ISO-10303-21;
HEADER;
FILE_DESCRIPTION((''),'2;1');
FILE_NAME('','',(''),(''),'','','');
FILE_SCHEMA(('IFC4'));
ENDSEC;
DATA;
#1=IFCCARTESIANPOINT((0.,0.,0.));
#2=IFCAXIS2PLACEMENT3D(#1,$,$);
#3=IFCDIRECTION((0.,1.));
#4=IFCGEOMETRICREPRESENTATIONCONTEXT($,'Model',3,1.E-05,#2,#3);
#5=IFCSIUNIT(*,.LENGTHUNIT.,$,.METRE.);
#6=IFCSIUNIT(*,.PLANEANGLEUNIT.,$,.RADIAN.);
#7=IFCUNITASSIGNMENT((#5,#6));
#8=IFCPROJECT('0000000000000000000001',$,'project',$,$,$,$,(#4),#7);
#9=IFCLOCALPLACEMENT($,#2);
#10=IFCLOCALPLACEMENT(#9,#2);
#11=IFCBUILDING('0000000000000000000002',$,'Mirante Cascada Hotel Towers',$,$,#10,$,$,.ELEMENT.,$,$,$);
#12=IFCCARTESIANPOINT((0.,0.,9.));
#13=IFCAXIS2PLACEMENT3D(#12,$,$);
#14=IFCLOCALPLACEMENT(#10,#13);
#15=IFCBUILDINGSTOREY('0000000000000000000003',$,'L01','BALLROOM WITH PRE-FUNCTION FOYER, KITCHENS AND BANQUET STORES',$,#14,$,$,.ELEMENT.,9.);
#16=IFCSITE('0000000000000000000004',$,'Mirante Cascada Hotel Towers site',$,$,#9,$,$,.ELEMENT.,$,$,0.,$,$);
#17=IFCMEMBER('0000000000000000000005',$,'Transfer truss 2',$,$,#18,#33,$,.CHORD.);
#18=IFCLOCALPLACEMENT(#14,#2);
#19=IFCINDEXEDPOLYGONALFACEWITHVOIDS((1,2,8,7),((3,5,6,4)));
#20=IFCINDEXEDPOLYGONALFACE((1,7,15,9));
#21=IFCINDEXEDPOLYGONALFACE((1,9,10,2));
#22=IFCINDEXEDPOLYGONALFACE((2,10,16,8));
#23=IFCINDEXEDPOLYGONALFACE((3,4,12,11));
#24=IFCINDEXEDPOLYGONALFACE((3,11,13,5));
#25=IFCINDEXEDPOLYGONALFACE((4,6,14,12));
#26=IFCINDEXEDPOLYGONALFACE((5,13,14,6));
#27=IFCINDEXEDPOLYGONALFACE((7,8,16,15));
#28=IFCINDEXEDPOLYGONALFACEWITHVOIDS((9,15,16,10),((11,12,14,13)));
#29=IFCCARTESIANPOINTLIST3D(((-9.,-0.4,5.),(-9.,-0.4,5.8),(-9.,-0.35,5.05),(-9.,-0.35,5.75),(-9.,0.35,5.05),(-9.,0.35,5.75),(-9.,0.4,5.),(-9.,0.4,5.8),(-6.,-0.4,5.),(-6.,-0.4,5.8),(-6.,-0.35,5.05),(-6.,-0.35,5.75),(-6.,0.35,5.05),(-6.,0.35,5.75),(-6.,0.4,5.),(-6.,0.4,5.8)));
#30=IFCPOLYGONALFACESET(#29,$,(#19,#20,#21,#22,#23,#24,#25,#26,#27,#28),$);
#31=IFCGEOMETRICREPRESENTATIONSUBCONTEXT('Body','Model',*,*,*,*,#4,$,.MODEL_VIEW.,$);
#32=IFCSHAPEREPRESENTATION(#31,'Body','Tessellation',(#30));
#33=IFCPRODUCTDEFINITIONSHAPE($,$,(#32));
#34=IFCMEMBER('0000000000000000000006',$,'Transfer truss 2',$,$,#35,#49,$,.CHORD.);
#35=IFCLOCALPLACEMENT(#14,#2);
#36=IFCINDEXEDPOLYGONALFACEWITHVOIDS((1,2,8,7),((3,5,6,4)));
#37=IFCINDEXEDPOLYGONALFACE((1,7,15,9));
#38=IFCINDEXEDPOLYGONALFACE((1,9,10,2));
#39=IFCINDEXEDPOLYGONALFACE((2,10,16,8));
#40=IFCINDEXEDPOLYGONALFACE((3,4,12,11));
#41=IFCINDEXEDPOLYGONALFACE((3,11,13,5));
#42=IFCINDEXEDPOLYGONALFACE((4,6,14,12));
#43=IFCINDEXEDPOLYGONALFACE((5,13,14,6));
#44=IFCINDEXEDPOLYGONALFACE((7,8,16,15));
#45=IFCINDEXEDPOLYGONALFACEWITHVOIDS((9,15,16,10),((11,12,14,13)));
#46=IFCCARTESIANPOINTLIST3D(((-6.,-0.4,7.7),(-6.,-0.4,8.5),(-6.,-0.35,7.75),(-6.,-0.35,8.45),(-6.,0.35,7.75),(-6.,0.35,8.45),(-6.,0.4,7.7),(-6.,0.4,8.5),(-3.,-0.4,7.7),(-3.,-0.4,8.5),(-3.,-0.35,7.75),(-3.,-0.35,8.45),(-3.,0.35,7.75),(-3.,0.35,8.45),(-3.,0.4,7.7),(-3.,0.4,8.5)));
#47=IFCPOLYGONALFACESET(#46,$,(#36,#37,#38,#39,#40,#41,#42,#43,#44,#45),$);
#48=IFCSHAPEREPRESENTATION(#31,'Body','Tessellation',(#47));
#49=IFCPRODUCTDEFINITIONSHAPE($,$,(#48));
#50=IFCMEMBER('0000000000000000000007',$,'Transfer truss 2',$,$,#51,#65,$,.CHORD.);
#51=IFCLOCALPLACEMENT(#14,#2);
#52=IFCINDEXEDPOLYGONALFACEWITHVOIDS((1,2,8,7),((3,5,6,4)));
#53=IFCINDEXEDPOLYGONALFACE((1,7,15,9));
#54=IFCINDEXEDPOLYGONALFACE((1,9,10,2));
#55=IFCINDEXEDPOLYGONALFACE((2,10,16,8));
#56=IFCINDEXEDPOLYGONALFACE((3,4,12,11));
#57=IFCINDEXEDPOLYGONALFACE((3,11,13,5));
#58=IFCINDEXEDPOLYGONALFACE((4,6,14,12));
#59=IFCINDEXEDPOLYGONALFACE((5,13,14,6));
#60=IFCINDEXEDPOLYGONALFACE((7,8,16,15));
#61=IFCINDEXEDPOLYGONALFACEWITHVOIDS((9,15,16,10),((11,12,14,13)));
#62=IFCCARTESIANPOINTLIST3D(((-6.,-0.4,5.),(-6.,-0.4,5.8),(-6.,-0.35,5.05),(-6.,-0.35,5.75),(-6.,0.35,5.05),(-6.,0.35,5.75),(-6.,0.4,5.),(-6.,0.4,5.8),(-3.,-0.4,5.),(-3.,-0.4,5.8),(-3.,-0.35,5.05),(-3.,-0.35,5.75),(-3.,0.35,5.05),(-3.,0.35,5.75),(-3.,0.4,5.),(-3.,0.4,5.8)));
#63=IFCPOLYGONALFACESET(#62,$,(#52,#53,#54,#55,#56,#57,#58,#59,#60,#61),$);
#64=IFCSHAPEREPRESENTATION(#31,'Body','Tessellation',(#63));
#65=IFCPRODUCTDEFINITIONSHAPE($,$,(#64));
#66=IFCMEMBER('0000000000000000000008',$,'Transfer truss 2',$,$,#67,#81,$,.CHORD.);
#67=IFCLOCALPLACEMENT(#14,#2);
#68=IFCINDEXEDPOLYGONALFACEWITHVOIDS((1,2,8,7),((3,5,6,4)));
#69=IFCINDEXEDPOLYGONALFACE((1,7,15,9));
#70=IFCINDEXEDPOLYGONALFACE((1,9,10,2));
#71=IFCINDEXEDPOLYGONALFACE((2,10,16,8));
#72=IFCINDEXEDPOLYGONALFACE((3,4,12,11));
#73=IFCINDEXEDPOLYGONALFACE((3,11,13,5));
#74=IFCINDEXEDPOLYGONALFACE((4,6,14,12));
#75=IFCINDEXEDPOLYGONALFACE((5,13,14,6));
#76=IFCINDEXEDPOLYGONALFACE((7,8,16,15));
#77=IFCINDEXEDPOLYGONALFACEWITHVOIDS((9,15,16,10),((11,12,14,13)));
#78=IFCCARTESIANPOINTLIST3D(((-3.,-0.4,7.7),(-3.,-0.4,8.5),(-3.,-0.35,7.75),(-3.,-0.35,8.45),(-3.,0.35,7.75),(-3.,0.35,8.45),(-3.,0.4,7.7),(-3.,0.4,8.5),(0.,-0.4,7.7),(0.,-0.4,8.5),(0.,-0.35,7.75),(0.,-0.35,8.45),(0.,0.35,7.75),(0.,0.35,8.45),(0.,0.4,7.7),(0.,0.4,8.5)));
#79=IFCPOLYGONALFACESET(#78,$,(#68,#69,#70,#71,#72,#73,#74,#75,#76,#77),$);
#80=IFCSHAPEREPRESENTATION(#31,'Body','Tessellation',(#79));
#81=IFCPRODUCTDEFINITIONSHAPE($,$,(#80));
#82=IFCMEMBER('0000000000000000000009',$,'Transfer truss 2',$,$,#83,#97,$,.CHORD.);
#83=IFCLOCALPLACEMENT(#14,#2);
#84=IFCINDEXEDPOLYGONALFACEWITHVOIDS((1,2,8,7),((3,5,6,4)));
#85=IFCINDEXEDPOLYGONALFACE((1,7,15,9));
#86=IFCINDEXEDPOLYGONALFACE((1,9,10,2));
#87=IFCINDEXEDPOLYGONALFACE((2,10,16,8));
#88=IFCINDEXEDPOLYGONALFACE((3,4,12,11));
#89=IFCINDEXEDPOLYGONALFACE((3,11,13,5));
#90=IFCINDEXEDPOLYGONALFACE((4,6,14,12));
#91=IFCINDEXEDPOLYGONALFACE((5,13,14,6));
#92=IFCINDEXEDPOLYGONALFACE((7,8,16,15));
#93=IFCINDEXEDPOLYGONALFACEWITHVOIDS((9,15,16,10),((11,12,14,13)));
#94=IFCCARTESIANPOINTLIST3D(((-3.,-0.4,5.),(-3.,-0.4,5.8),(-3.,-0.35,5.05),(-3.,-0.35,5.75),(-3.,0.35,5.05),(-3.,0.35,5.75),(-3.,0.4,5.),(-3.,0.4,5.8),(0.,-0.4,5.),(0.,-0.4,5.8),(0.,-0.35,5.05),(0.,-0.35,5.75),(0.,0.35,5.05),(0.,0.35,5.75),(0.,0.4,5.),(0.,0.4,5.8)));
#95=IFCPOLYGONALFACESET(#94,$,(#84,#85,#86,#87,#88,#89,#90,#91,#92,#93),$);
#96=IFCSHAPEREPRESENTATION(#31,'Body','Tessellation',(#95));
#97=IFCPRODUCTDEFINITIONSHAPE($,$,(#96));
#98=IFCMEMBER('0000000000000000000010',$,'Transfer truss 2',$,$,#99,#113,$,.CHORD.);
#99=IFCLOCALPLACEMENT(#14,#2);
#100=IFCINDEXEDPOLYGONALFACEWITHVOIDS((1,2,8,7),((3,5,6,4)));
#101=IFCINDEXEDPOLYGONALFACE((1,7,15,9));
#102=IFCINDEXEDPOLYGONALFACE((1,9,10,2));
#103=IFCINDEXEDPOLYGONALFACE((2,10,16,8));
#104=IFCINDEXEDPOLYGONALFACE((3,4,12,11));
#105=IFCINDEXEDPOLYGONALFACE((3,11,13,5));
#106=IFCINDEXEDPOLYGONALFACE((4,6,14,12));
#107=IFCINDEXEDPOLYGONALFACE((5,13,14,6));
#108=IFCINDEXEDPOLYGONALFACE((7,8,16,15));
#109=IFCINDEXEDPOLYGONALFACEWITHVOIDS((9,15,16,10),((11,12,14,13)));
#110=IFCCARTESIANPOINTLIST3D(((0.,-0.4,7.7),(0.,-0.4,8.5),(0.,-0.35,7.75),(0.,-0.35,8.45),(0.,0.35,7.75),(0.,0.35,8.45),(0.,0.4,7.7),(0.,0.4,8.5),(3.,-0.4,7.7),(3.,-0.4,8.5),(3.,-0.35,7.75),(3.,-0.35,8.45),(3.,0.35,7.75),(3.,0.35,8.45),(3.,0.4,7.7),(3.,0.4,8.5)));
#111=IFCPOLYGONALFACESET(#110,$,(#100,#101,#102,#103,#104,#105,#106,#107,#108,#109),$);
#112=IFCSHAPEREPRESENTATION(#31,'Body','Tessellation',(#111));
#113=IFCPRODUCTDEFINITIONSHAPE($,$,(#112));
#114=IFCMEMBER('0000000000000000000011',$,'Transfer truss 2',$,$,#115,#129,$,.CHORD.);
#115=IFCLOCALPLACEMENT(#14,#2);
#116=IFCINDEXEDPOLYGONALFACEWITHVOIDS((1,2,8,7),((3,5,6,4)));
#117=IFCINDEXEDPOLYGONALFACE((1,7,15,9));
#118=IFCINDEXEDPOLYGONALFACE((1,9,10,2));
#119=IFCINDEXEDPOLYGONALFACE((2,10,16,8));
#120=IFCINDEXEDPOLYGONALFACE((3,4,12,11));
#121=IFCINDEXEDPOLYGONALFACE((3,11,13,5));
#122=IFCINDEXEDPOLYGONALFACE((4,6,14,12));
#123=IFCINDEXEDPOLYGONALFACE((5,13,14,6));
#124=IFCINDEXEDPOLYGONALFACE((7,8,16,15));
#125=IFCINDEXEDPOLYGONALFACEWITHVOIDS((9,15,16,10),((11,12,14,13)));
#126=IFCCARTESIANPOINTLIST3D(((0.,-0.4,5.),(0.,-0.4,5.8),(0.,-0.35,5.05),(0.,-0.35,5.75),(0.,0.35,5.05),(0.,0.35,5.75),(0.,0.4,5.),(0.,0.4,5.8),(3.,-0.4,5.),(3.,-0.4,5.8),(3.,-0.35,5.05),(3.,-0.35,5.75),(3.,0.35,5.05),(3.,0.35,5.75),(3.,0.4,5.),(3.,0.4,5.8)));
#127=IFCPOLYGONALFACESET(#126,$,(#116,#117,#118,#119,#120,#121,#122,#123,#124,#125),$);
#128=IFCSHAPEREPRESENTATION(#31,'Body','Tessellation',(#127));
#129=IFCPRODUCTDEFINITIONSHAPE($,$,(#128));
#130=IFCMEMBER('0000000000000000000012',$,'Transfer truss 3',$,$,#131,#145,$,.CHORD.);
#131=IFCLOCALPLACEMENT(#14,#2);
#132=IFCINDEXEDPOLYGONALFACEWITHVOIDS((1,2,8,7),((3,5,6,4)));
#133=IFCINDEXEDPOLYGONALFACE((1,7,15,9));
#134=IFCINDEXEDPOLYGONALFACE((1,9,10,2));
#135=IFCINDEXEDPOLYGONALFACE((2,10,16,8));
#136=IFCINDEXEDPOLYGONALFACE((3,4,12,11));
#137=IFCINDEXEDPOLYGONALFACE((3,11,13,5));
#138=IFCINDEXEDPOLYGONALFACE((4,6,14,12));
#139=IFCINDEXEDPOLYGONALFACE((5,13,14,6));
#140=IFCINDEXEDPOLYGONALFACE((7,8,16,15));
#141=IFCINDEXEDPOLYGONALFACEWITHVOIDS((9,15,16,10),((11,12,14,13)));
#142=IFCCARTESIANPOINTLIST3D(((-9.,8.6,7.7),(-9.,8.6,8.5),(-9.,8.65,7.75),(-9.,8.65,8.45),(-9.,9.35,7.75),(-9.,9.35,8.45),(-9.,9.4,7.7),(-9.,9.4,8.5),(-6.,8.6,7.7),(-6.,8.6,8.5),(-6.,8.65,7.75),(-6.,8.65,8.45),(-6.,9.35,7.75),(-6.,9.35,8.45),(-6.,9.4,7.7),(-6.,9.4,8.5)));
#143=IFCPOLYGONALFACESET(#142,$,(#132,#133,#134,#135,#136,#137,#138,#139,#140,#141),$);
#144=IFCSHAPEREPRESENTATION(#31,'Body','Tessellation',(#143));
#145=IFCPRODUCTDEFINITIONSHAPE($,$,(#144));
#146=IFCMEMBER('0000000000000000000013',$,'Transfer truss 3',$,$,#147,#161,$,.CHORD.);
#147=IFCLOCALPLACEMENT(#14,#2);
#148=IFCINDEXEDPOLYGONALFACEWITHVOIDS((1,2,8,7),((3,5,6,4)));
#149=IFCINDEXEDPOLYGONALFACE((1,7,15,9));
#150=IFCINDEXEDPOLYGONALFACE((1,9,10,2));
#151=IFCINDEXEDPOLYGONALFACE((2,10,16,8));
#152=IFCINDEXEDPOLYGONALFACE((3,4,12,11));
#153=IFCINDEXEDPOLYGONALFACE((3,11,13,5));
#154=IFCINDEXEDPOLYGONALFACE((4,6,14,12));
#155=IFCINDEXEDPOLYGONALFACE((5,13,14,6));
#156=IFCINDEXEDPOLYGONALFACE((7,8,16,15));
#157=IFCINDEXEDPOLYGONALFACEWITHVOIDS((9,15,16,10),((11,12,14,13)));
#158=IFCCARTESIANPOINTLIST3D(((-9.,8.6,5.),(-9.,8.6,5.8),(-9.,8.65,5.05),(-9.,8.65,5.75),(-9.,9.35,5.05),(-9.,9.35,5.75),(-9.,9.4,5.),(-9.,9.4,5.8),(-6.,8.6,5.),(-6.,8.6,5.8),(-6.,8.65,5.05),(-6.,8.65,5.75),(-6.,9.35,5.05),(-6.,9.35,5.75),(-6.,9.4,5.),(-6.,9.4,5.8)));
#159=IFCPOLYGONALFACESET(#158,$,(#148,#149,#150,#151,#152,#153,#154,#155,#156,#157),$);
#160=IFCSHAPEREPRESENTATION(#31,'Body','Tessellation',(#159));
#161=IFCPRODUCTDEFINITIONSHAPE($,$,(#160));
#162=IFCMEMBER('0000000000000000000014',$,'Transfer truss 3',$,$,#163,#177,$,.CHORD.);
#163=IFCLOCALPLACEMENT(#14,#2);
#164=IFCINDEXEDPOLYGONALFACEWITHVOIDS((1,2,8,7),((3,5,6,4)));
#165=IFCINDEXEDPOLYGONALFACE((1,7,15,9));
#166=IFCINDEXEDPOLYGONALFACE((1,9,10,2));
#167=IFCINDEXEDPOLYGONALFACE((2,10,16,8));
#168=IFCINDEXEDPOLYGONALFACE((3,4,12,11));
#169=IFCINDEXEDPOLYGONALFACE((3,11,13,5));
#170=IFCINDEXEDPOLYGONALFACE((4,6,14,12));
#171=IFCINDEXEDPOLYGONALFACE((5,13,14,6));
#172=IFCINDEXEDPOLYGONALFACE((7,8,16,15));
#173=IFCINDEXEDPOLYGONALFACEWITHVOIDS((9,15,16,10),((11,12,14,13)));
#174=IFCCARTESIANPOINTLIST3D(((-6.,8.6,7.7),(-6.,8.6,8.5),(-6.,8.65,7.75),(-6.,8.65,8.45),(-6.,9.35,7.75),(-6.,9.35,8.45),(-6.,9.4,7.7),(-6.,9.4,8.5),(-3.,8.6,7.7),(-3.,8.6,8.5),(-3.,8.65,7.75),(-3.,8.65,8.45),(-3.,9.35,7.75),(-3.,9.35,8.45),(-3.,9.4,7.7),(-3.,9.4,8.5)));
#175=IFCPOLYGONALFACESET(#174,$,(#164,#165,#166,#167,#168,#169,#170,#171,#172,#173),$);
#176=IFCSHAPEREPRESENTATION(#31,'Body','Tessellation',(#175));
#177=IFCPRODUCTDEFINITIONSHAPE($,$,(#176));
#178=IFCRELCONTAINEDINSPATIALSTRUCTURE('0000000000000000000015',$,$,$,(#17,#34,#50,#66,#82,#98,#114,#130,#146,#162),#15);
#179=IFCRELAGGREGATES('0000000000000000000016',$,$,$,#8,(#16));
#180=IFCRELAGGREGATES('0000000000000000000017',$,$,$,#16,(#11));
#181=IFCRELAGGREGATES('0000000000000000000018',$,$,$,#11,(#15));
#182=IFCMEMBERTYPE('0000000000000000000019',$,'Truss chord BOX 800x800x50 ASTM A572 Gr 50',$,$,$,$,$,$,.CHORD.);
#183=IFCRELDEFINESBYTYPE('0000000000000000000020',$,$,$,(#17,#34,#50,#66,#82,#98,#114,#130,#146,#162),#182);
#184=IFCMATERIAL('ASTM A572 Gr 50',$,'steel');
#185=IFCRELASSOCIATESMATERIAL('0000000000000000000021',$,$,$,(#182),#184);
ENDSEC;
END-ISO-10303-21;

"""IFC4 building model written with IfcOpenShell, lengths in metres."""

from ifc_helpers import new_model, si_unit, direction, frame, origin, origin_2d, place, context, subcontext, project, spatial, hollow_rectangle, extrude, material, material_profile, profile_set, type_object, element, save


model = new_model("IFC4")

# Units and contexts
model_context = context("Model", 3, precision=1e-05, world=origin(), true_north=direction((0.0, 1.0)))
body_context = subcontext(model_context, "Body", "Model", "MODEL_VIEW")
ifc_project = project(units=[si_unit("LENGTHUNIT", "METRE"), si_unit("PLANEANGLEUNIT", "RADIAN")], contexts=[model_context])

# Site, building, storey
site_placement = place(None, origin())
site = spatial("IfcSite", under=ifc_project, at=site_placement, Name="Mirante Cascada Hotel Towers site", CompositionType="ELEMENT", RefElevation=0.0)
building_placement = place(site_placement, origin())
building = spatial("IfcBuilding", under=site, at=building_placement, Name="Mirante Cascada Hotel Towers", CompositionType="ELEMENT")
storey_placement = place(building_placement, frame((0.0, 0.0, 9.0)))
storey = spatial("IfcBuildingStorey", under=building, at=storey_placement, Name="L01", Description="BALLROOM WITH PRE-FUNCTION FOYER, KITCHENS AND BANQUET STORES", CompositionType="ELEMENT", Elevation=9.0)

# Members
ifc_material_1 = material(Name="ASTM A572 Gr 50", Category="steel")
ifc_material_profile_1 = material_profile(ifc_material_1, hollow_rectangle(XDim=0.8, YDim=0.8, WallThickness=0.05, at=origin_2d()), Name="BOX 800x800x50")
ifc_profile_set_1 = profile_set([ifc_material_profile_1], Name="ASTM A572 Gr 50")
member_type_1 = type_object("IfcMemberType", Name="Truss chord BOX 800x800x50 ASTM A572 Gr 50", PredefinedType="CHORD", material=ifc_profile_set_1)
for number, where, z_axis, x_axis, name in (
    (1, (-9.0, 0.0, 5.4), (1.0, 0.0, 0.0), (0.0, 1.0, 0.0), "Transfer truss 2"),
    (2, (-6.0, 0.0, 8.1), (1.0, 0.0, 0.0), (0.0, 1.0, 0.0), "Transfer truss 2"),
    (3, (-6.0, 0.0, 5.4), (1.0, 0.0, 0.0), (0.0, 1.0, 0.0), "Transfer truss 2"),
    (4, (-3.0, 0.0, 8.1), (1.0, 0.0, 0.0), (0.0, 1.0, 0.0), "Transfer truss 2"),
    (5, (-3.0, 0.0, 5.4), (1.0, 0.0, 0.0), (0.0, 1.0, 0.0), "Transfer truss 2"),
    (6, (0.0, 0.0, 8.1), (1.0, 0.0, 0.0), (0.0, 1.0, 0.0), "Transfer truss 2"),
    (7, (0.0, 0.0, 5.4), (1.0, 0.0, 0.0), (0.0, 1.0, 0.0), "Transfer truss 2"),
    (8, (-9.0, 9.0, 8.1), (1.0, 0.0, 0.0), (0.0, 1.0, 0.0), "Transfer truss 3"),
    (9, (-9.0, 9.0, 5.4), (1.0, 0.0, 0.0), (0.0, 1.0, 0.0), "Transfer truss 3"),
    (10, (-6.0, 9.0, 8.1), (1.0, 0.0, 0.0), (0.0, 1.0, 0.0), "Transfer truss 3"),
):
    element("IfcMember", number, at=place(storey_placement, frame(where, z_axis=z_axis, x_axis=x_axis)), inside=storey, type_object=member_type_1, Name=name, PredefinedType="CHORD", context=body_context, shape_type="SweptSolid", body=[
        extrude(hollow_rectangle(XDim=0.8, YDim=0.8, WallThickness=0.05, at=origin_2d()), origin(), (0.0, 0.0, 1.0), 3.0),
    ])

save(model, "model.ifc")
